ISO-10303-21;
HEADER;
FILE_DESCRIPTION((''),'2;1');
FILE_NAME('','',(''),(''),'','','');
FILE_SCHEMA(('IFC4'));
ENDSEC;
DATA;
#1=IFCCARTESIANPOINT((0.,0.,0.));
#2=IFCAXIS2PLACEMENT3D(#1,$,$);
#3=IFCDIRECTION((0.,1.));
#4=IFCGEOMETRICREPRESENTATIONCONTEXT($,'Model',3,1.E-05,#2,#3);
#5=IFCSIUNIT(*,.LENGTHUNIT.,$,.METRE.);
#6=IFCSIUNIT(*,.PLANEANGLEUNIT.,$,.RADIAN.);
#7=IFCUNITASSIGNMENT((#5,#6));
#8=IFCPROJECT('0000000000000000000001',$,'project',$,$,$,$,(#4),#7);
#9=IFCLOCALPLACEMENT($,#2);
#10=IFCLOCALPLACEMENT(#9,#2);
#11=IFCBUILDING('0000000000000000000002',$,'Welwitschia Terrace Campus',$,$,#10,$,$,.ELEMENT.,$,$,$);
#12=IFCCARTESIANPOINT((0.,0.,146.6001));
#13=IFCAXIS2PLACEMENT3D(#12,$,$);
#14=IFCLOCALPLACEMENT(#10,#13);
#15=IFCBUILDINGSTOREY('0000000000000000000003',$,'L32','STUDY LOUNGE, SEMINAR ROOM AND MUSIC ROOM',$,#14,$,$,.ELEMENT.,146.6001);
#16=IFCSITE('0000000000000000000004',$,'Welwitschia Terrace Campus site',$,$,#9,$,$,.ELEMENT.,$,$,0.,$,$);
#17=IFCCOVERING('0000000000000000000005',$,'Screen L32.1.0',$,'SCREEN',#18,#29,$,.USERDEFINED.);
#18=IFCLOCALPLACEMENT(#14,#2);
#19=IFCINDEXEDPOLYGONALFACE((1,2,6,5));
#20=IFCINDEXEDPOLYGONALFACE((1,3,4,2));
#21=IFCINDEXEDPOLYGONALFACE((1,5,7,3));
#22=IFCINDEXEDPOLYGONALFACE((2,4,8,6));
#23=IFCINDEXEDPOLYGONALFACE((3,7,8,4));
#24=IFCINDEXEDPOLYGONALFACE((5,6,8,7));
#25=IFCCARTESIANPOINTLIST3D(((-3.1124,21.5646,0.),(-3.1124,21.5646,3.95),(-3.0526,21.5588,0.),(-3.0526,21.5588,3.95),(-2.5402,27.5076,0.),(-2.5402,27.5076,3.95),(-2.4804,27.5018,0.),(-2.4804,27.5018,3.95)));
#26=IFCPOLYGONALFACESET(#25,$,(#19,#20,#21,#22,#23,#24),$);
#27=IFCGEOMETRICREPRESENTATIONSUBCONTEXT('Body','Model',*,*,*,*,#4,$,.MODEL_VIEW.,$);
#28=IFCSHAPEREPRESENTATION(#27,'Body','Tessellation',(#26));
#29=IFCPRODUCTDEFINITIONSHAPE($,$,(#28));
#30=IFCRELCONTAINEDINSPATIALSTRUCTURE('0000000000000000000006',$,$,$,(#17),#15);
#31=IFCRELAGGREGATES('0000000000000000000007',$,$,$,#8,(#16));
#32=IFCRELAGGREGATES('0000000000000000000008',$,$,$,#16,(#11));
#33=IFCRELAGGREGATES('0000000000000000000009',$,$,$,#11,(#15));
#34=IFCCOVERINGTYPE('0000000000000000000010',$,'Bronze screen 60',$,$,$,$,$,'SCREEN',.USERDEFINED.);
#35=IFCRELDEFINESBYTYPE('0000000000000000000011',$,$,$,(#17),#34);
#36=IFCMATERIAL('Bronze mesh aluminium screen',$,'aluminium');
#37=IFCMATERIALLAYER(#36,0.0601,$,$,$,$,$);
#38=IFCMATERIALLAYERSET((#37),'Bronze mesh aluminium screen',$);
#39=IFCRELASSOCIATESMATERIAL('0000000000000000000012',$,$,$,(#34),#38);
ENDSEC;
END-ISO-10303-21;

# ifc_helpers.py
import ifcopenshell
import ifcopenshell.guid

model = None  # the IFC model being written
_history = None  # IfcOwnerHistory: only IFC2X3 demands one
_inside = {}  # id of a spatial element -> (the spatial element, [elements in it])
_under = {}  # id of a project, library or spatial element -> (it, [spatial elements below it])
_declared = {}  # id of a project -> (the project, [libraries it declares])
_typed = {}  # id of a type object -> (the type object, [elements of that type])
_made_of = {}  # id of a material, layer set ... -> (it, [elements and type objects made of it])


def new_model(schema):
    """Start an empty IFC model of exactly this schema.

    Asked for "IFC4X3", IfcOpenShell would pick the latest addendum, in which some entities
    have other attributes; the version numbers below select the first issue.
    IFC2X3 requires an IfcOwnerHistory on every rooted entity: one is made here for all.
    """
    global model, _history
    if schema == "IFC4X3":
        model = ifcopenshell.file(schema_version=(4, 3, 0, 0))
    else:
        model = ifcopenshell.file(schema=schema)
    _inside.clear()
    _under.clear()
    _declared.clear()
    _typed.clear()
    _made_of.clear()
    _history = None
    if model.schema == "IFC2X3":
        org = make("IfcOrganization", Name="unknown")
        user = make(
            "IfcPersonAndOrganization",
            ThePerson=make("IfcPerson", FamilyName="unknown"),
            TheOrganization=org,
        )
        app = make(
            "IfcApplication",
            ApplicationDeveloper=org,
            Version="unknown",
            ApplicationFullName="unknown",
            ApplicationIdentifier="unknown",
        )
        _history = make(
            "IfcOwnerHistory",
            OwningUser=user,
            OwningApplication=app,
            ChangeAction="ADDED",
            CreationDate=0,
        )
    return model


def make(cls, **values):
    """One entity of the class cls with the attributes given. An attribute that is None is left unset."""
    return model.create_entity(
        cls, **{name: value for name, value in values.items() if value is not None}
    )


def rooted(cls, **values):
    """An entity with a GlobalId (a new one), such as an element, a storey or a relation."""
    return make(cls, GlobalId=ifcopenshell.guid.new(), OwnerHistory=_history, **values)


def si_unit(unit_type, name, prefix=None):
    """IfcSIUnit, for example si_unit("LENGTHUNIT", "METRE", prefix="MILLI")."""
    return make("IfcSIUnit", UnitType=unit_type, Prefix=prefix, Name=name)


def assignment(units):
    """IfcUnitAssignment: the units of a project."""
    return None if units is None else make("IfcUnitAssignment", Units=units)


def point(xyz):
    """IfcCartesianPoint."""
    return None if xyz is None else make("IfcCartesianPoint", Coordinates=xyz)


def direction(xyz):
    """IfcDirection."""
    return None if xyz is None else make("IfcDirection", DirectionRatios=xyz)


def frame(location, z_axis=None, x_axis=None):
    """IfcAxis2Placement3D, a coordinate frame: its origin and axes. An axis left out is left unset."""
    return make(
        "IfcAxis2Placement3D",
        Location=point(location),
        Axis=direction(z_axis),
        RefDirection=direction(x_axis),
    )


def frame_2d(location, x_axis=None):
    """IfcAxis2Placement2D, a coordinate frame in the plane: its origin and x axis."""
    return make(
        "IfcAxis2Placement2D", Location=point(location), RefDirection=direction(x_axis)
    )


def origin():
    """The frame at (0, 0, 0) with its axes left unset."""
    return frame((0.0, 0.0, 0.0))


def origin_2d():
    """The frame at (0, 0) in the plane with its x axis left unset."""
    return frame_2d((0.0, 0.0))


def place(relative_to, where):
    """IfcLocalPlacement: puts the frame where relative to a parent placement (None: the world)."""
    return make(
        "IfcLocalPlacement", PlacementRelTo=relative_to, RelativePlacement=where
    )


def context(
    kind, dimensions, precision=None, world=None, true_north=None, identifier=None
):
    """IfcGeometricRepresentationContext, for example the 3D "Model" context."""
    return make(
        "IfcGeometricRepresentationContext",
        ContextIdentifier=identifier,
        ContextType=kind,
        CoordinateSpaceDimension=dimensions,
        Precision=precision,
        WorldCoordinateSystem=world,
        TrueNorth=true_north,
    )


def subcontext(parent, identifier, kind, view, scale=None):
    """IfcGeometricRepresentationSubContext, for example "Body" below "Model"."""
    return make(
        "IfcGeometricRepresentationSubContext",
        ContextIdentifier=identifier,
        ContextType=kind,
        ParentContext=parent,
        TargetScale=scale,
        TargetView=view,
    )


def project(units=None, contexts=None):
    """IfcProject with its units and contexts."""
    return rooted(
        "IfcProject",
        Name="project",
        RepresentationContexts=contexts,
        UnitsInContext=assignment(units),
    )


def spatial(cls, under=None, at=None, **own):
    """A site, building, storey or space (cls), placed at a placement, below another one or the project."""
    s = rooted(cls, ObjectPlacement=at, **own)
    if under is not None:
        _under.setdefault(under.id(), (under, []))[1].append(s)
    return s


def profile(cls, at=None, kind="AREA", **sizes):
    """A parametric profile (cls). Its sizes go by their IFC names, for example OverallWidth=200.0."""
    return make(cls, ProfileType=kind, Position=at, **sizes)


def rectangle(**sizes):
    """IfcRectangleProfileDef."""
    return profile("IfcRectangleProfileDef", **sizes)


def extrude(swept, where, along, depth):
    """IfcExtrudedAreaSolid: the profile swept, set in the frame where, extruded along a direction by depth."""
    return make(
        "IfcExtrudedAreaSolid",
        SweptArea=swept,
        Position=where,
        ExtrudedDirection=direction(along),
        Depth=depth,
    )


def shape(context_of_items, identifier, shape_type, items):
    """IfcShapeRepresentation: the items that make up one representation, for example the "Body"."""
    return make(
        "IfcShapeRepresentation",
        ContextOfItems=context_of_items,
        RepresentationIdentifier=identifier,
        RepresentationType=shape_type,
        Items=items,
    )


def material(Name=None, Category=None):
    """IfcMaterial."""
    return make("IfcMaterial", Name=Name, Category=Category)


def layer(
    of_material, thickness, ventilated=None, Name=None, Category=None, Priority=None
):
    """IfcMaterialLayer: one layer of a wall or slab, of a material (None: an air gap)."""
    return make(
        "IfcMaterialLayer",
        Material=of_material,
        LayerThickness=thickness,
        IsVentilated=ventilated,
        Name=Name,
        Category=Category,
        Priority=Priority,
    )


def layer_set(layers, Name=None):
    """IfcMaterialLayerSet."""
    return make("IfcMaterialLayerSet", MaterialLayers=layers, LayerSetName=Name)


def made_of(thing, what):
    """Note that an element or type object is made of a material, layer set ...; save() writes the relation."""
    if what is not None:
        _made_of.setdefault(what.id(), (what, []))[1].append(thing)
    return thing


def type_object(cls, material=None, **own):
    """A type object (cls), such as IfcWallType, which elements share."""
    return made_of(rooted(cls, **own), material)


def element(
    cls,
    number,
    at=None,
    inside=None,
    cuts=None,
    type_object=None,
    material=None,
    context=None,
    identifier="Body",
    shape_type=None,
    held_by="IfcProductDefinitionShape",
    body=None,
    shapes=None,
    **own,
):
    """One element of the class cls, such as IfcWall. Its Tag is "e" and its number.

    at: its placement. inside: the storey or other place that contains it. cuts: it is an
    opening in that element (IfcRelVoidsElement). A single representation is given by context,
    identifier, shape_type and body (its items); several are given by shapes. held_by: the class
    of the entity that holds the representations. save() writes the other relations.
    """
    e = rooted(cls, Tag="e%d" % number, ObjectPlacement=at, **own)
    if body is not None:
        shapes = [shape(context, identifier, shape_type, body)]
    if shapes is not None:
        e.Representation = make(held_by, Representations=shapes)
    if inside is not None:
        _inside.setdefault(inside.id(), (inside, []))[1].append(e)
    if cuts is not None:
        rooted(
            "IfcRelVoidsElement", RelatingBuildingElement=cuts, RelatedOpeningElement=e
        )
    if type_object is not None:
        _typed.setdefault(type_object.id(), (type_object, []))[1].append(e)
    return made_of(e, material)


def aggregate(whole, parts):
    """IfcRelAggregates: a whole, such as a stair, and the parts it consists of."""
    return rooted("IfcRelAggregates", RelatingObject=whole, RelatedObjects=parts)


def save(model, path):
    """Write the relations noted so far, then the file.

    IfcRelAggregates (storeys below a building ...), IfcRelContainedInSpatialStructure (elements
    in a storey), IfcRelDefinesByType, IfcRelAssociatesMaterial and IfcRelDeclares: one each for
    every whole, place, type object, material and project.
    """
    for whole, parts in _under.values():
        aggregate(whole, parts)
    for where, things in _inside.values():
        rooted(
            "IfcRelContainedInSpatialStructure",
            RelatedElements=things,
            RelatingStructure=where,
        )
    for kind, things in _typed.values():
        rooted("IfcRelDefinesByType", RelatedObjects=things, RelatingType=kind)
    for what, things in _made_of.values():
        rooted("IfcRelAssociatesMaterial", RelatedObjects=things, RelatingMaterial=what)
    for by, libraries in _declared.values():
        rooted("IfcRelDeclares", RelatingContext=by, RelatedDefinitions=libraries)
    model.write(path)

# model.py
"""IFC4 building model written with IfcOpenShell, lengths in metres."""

from ifc_helpers import new_model, si_unit, direction, frame, origin, origin_2d, place, context, subcontext, project, spatial, rectangle, extrude, material, layer, layer_set, type_object, element, save


model = new_model("IFC4")

# Units and contexts
model_context = context("Model", 3, precision=1e-05, world=origin(), true_north=direction((0.0, 1.0)))
body_context = subcontext(model_context, "Body", "Model", "MODEL_VIEW")
ifc_project = project(units=[si_unit("LENGTHUNIT", "METRE"), si_unit("PLANEANGLEUNIT", "RADIAN")], contexts=[model_context])

# Site, building, storey
site_placement = place(None, origin())
site = spatial("IfcSite", under=ifc_project, at=site_placement, Name="Welwitschia Terrace Campus site", CompositionType="ELEMENT", RefElevation=0.0)
building_placement = place(site_placement, origin())
building = spatial("IfcBuilding", under=site, at=building_placement, Name="Welwitschia Terrace Campus", CompositionType="ELEMENT")
storey_placement = place(building_placement, frame((0.0, 0.0, 146.6001)))
storey = spatial("IfcBuildingStorey", under=building, at=storey_placement, Name="L32", Description="STUDY LOUNGE, SEMINAR ROOM AND MUSIC ROOM", CompositionType="ELEMENT", Elevation=146.6001)

# Covering
ifc_material_1 = material(Name="Bronze mesh aluminium screen", Category="aluminium")
ifc_layer_1 = layer(ifc_material_1, 0.0601)
ifc_layer_set_1 = layer_set([ifc_layer_1], Name="Bronze mesh aluminium screen")
covering_type = type_object("IfcCoveringType", Name="Bronze screen 60", ElementType="SCREEN", PredefinedType="USERDEFINED", material=ifc_layer_set_1)
covering_placement = place(storey_placement, frame((-2.7964, 24.5332, 0.0), z_axis=(0.0, 0.0, 1.0), x_axis=(-0.095846, -0.995396, 0.0)))
element("IfcCovering", 1, at=covering_placement, inside=storey, type_object=covering_type, Name="Screen L32.1.0", ObjectType="SCREEN", PredefinedType="USERDEFINED", context=body_context, shape_type="SweptSolid", body=[
    extrude(rectangle(XDim=5.9705, YDim=0.0601, at=origin_2d()), origin(), (0.0, 0.0, 1.0), 3.95),
])

save(model, "model.ifc")
